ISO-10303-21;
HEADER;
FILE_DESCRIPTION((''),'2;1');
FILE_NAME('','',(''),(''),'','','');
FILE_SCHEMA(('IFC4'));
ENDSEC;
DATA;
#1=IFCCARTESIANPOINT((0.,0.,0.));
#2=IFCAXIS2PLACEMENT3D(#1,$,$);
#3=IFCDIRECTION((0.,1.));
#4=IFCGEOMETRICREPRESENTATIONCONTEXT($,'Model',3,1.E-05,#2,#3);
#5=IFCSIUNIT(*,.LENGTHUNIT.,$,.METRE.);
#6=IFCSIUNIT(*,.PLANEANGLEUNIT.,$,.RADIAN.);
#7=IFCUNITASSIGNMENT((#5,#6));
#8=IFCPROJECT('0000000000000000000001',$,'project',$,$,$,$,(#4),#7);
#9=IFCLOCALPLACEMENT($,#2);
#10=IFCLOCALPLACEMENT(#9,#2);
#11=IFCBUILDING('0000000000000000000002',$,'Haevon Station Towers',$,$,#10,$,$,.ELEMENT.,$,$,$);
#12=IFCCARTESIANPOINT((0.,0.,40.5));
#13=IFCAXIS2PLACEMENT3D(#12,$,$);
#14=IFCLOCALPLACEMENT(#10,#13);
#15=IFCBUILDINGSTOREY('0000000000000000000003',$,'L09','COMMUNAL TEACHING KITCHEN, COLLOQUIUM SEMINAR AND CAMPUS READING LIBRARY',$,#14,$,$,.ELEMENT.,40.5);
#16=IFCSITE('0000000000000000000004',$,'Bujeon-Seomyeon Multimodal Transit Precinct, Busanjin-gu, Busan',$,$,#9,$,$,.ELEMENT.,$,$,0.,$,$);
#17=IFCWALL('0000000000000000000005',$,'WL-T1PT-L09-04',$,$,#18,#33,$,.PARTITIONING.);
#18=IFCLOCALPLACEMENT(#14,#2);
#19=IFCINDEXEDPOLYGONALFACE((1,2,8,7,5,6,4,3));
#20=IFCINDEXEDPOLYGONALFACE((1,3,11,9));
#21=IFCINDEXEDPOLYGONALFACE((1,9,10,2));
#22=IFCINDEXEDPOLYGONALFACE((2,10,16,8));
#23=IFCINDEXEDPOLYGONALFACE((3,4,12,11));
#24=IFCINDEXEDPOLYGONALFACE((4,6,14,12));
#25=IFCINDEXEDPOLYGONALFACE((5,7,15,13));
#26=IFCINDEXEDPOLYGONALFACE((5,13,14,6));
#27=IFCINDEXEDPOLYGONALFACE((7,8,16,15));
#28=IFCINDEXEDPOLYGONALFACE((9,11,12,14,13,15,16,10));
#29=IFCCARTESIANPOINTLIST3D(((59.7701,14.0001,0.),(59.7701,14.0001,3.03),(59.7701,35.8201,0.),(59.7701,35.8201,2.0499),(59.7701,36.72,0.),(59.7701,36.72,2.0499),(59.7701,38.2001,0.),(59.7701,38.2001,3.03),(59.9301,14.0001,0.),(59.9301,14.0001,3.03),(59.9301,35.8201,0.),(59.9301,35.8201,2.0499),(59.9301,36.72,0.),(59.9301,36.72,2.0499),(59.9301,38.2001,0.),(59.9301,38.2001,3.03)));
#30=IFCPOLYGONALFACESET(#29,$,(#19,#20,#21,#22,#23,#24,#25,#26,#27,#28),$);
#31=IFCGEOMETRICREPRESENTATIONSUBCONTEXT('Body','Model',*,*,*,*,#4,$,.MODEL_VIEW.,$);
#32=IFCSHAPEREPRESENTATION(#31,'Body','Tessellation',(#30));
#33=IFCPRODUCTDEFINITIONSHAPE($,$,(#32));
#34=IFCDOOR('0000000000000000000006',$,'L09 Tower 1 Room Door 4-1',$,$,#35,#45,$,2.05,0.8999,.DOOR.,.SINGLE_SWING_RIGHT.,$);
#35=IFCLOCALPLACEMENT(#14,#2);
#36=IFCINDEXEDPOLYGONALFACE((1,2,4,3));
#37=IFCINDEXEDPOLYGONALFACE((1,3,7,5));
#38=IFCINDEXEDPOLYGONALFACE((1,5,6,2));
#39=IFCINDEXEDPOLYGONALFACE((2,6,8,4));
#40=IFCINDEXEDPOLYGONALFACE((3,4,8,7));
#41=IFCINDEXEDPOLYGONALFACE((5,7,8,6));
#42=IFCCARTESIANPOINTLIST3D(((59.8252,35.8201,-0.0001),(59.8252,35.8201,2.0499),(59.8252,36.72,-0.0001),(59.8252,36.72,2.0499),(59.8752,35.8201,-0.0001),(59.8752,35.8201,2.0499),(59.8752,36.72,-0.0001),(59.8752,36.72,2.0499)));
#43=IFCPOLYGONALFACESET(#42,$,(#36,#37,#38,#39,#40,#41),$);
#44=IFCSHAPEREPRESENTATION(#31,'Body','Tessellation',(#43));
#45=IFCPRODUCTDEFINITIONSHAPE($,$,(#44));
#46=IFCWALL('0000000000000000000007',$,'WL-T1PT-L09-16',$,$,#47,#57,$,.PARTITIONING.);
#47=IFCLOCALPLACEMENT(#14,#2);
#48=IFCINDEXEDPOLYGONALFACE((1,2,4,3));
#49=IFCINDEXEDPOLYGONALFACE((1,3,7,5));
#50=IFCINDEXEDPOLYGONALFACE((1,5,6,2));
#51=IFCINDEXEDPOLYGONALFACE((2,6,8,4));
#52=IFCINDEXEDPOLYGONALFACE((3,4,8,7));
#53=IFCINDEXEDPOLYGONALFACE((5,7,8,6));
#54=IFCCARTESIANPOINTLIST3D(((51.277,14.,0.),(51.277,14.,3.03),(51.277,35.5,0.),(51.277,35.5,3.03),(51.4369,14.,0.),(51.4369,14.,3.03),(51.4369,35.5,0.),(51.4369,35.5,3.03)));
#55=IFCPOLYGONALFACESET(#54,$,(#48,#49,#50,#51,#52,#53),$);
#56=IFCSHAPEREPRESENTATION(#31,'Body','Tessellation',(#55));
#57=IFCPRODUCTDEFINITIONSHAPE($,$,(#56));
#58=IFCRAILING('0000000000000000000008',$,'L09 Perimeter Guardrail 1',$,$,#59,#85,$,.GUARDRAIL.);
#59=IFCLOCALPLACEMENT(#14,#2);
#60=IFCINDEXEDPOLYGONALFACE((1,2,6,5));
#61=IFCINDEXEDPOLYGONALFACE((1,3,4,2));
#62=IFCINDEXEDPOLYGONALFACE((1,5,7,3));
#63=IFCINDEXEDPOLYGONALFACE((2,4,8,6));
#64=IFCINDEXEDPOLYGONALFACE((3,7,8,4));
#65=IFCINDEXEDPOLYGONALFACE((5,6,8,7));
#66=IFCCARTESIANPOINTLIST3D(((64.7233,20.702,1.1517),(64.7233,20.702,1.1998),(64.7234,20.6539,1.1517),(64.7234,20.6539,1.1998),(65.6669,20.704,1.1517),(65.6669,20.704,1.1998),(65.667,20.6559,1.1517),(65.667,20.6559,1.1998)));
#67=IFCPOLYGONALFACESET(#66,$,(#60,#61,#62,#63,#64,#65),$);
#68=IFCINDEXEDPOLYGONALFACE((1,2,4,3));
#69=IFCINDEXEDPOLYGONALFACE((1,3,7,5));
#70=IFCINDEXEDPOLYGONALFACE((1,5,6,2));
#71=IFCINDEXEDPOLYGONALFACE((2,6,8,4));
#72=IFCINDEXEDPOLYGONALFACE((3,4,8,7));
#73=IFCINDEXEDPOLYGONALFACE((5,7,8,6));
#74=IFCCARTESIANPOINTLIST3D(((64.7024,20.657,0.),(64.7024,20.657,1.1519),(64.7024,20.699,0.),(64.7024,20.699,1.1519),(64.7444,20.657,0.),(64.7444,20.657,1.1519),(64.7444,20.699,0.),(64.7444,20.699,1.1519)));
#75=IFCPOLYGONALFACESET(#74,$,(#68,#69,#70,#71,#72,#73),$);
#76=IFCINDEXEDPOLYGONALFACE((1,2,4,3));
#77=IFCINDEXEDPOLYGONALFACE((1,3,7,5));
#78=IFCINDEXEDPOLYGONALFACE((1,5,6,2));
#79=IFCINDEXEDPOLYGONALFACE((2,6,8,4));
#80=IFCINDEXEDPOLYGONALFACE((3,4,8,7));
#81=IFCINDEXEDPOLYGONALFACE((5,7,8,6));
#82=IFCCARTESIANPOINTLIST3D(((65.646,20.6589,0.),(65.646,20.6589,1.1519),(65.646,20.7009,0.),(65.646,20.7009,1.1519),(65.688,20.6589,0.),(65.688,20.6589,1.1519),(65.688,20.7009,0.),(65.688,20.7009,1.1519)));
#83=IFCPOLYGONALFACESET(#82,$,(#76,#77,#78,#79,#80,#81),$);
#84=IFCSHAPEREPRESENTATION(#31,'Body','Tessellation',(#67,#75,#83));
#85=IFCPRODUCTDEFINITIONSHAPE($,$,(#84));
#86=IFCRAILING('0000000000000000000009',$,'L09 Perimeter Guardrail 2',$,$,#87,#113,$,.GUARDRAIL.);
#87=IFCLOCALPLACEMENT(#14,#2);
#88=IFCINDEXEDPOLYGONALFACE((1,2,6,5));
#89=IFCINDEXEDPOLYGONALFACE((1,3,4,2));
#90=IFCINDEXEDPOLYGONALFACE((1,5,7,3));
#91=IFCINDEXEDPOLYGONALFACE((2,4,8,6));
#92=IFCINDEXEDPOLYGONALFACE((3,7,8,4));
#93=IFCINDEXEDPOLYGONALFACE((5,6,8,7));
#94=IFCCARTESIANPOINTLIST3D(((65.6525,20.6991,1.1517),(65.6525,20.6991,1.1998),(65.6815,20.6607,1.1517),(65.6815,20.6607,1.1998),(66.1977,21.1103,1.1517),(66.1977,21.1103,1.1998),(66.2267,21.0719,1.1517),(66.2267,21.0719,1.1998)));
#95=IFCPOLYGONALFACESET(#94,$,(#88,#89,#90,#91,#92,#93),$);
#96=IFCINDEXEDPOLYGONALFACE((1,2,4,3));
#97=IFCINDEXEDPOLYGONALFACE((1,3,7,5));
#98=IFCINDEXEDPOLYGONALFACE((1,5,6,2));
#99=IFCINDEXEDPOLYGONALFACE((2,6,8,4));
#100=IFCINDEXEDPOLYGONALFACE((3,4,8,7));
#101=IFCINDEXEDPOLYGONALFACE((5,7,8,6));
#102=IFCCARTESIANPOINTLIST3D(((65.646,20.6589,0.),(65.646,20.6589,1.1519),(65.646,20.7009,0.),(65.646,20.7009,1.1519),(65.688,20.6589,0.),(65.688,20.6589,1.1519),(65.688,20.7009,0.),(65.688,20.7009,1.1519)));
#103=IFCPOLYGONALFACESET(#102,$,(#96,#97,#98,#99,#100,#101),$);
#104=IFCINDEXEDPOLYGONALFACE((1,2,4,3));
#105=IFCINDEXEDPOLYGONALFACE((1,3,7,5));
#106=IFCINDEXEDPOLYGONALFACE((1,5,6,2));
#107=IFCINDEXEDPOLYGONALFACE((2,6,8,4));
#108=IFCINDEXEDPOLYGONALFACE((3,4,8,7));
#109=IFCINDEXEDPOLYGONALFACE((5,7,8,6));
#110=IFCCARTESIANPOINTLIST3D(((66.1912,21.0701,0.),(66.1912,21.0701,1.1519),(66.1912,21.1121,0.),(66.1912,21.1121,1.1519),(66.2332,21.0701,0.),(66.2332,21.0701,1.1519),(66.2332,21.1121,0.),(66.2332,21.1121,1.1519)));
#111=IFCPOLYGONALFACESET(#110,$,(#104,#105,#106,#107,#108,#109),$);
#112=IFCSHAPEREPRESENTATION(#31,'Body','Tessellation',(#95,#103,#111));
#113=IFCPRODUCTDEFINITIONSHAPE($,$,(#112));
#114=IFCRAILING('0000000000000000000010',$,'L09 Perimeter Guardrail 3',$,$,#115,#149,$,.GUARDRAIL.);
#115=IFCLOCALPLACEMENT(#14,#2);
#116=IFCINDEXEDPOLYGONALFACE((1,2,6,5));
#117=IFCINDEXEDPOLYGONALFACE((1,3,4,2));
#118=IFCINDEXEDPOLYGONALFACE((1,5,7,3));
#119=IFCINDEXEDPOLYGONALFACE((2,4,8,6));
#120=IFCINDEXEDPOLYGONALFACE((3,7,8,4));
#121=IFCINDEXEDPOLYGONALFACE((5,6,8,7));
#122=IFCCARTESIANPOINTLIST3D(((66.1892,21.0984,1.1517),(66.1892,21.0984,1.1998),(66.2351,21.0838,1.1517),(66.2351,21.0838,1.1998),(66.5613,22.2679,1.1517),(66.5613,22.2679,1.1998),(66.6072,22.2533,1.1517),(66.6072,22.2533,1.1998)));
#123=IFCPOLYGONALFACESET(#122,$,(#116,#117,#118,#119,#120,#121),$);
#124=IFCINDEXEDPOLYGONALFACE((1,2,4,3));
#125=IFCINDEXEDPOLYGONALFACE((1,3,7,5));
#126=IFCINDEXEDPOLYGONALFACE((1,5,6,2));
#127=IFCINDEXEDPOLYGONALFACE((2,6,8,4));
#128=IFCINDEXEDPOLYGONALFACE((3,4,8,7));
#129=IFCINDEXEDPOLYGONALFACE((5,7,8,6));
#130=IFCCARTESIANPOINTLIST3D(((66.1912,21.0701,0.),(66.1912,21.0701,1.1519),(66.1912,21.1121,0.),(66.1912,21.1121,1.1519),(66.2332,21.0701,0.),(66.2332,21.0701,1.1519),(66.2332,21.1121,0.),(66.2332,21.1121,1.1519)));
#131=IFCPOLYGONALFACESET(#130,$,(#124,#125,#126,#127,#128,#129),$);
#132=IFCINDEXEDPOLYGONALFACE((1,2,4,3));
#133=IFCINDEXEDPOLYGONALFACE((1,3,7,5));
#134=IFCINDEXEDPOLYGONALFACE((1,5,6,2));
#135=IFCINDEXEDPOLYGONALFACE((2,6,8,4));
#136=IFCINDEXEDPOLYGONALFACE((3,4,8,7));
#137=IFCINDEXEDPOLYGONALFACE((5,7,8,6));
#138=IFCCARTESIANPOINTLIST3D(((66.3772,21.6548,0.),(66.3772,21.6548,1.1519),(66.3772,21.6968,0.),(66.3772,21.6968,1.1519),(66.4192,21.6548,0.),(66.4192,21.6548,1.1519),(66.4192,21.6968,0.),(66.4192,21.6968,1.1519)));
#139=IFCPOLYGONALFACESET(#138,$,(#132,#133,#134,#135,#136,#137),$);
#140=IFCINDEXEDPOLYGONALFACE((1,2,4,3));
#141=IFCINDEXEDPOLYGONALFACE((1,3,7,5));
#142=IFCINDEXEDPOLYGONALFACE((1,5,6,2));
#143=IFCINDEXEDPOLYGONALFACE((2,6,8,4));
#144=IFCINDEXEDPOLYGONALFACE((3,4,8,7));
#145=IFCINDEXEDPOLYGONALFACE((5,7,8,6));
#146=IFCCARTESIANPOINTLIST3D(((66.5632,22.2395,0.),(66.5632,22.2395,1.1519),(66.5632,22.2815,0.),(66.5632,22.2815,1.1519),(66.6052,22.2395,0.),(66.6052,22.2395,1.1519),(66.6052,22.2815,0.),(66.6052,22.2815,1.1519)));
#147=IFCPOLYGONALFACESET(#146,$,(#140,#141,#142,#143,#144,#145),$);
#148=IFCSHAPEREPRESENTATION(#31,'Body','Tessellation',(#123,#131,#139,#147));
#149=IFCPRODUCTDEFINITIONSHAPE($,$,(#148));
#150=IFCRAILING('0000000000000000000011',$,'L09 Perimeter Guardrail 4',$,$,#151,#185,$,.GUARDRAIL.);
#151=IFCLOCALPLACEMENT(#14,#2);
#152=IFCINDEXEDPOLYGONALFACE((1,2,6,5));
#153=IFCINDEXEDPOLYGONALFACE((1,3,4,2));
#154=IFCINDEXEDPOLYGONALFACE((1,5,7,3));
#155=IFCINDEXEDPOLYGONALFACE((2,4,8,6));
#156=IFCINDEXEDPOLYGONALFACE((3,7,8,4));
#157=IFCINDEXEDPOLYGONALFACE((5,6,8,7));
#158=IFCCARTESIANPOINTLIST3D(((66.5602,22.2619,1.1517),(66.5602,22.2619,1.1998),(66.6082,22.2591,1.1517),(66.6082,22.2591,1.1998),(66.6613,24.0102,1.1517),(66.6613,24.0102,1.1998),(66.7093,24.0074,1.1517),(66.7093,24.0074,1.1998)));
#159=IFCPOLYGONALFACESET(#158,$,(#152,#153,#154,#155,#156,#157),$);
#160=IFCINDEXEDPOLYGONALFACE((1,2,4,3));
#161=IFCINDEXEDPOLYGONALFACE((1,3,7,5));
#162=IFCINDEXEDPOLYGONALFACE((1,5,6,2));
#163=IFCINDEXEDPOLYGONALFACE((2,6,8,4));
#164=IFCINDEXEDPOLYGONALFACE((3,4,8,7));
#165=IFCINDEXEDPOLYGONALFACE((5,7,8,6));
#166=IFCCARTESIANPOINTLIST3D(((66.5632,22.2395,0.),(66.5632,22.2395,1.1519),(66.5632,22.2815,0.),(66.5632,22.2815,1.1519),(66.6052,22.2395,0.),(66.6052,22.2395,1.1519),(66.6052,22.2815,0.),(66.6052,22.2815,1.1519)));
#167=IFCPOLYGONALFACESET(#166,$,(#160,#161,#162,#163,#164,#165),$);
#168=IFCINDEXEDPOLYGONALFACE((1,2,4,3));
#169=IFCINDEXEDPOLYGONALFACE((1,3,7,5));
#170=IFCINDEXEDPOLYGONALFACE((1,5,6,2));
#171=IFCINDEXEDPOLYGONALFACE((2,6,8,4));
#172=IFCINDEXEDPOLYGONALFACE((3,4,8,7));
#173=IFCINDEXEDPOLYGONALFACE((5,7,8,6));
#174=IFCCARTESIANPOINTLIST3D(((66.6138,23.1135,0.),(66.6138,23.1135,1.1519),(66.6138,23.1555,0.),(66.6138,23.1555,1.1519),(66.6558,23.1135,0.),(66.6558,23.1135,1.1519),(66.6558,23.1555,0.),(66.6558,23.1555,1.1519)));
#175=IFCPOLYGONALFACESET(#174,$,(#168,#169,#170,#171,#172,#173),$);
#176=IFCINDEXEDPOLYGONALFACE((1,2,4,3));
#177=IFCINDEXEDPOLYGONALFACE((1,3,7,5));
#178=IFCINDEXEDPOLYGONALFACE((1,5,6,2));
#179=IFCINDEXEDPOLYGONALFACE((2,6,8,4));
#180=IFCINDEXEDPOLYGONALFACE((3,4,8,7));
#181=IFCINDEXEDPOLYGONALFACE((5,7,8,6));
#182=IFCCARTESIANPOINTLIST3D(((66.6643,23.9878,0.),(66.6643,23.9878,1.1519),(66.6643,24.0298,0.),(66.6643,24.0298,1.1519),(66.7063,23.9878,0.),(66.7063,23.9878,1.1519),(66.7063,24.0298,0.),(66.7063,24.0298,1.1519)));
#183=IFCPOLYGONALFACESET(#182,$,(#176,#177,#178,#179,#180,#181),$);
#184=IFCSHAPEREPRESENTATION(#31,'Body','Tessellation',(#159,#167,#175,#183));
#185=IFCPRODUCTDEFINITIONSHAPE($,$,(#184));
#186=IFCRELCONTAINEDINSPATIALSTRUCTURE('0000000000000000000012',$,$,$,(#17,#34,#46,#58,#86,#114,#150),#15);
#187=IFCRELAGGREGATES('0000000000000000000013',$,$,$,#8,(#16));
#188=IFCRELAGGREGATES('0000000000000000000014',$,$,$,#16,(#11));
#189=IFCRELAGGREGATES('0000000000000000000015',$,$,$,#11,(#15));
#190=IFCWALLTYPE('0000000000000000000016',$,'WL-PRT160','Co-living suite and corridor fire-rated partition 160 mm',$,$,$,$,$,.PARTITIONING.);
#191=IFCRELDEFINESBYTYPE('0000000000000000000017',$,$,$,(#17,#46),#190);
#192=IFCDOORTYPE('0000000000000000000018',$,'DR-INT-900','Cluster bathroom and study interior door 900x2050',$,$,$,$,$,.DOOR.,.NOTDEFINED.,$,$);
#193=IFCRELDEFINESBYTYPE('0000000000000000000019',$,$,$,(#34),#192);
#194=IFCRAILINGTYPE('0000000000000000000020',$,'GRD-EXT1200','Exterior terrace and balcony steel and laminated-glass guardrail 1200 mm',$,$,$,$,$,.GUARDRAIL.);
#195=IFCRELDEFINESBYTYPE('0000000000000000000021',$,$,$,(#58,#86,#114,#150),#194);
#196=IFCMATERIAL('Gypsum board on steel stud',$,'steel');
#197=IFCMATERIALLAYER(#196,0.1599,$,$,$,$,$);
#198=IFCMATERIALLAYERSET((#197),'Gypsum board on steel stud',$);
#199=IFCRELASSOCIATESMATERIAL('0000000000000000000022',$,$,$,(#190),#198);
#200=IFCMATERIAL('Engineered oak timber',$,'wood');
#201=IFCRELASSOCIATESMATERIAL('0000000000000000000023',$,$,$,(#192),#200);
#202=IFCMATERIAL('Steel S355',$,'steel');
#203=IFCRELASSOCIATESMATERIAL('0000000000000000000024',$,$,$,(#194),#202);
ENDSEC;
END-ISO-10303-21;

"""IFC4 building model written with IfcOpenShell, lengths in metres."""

from ifc_helpers import new_model, si_unit, direction, frame, frame_2d, origin, origin_2d, place, context, subcontext, project, spatial, rectangle, extrude, material, layer, layer_set, type_object, element, fill, save


model = new_model("IFC4")

# Units and contexts
model_context = context("Model", 3, precision=1e-05, world=origin(), true_north=direction((0.0, 1.0)))
body_context = subcontext(model_context, "Body", "Model", "MODEL_VIEW")
ifc_project = project(units=[si_unit("LENGTHUNIT", "METRE"), si_unit("PLANEANGLEUNIT", "RADIAN")], contexts=[model_context])

# Site, building, storey
site_placement = place(None, origin())
site = spatial("IfcSite", under=ifc_project, at=site_placement, Name="Bujeon-Seomyeon Multimodal Transit Precinct, Busanjin-gu, Busan", CompositionType="ELEMENT", RefElevation=0.0)
building_placement = place(site_placement, origin())
building = spatial("IfcBuilding", under=site, at=building_placement, Name="Haevon Station Towers", CompositionType="ELEMENT")
storey_placement = place(building_placement, frame((0.0, 0.0, 40.5)))
storey = spatial("IfcBuildingStorey", under=building, at=storey_placement, Name="L09", Description="COMMUNAL TEACHING KITCHEN, COLLOQUIUM SEMINAR AND CAMPUS READING LIBRARY", CompositionType="ELEMENT", Elevation=40.5)

# Shared definitions
ifc_material_1 = material(Name="Steel S355", Category="steel")

# Wall, opening, door
ifc_material_2 = material(Name="Gypsum board on steel stud", Category="steel")
ifc_layer_1 = layer(ifc_material_2, 0.1599)
ifc_layer_set_1 = layer_set([ifc_layer_1], Name="Gypsum board on steel stud")
wall_type_1 = type_object("IfcWallType", Name="WL-PRT160", Description="Co-living suite and corridor fire-rated partition 160 mm", PredefinedType="PARTITIONING", material=ifc_layer_set_1)
wall_1_placement = place(storey_placement, frame((59.8501, 14.0, 0.0), z_axis=(0.0, 0.0, 1.0), x_axis=(0.0, 1.0, 0.0)))
wall_1 = element("IfcWall", 1, at=wall_1_placement, inside=storey, type_object=wall_type_1, Name="WL-T1PT-L09-04", PredefinedType="PARTITIONING", context=body_context, shape_type="SweptSolid", body=[
    extrude(rectangle(XDim=24.2, YDim=0.1599, at=frame_2d((12.1001, 0.0))), origin(), (0.0, 0.0, 1.0), 3.03),
])
opening_1_placement = place(wall_1_placement, frame((21.8201, 0.0, 0.0)))
opening_1 = element("IfcOpeningElement", 2, at=opening_1_placement, cuts=wall_1, PredefinedType="OPENING", context=body_context, shape_type="SweptSolid", body=[
    extrude(rectangle(XDim=0.8999, YDim=2.05, at=frame_2d((0.45, 1.0249))), frame((0.0, 0.0898, 0.0), z_axis=(0.0, -1.0, 0.0), x_axis=(1.0, 0.0, 0.0)), (0.0, 0.0, 1.0), 0.1799),
])
ifc_material_3 = material(Name="Engineered oak timber", Category="wood")
door_type_1 = type_object("IfcDoorType", Name="DR-INT-900", Description="Cluster bathroom and study interior door 900x2050", OperationType="NOTDEFINED", PredefinedType="DOOR", material=ifc_material_3)
door_1_placement = place(opening_1_placement, origin())
door_1 = element("IfcDoor", 3, at=door_1_placement, inside=storey, type_object=door_type_1, Name="L09 Tower 1 Room Door 4-1", OperationType="SINGLE_SWING_RIGHT", OverallHeight=2.05, OverallWidth=0.8999, PredefinedType="DOOR", context=body_context, shape_type="SweptSolid", body=[
    extrude(rectangle(XDim=0.8999, YDim=2.05, at=frame_2d((0.45, 1.0249))), frame((0.0, 0.0249, 0.0), z_axis=(0.0, -1.0, 0.0), x_axis=(1.0, 0.0, 0.0)), (0.0, 0.0, 1.0), 0.05),
])
fill(opening_1, door_1)

# Wall
wall_2_placement = place(storey_placement, frame((51.3569, 14.0, 0.0), z_axis=(0.0, 0.0, 1.0), x_axis=(0.0, 1.0, 0.0)))
element("IfcWall", 4, at=wall_2_placement, inside=storey, type_object=wall_type_1, Name="WL-T1PT-L09-16", PredefinedType="PARTITIONING", context=body_context, shape_type="SweptSolid", body=[
    extrude(rectangle(XDim=21.5, YDim=0.1599, at=frame_2d((10.75, 0.0))), origin(), (0.0, 0.0, 1.0), 3.03),
])

# Railings
railing_type = type_object("IfcRailingType", Name="GRD-EXT1200", Description="Exterior terrace and balcony steel and laminated-glass guardrail 1200 mm", PredefinedType="GUARDRAIL", material=ifc_material_1)
railing_1_placement = place(storey_placement, frame((64.7234, 20.678, 0.0)))
element("IfcRailing", 5, at=railing_1_placement, inside=storey, type_object=railing_type, Name="L09 Perimeter Guardrail 1", PredefinedType="GUARDRAIL", context=body_context, shape_type="SweptSolid", body=[
    extrude(rectangle(XDim=0.0481, YDim=0.0481, at=origin_2d()), frame((0.0, 0.0, 1.1758), z_axis=(0.999998, 0.00207, 0.0), x_axis=(-0.00207, 0.999998, 0.0)), (0.0, 0.0, 1.0), 0.9436),
    extrude(rectangle(XDim=0.042, YDim=0.042, at=origin_2d()), origin(), (0.0, 0.0, 1.0), 1.1519),
    extrude(rectangle(XDim=0.042, YDim=0.042, at=origin_2d()), frame((0.9436, 0.002, 0.0)), (0.0, 0.0, 1.0), 1.1519),
])
railing_2_placement = place(storey_placement, frame((65.667, 20.6799, 0.0)))
element("IfcRailing", 6, at=railing_2_placement, inside=storey, type_object=railing_type, Name="L09 Perimeter Guardrail 2", PredefinedType="GUARDRAIL", context=body_context, shape_type="SweptSolid", body=[
    extrude(rectangle(XDim=0.0481, YDim=0.0481, at=origin_2d()), frame((0.0, 0.0, 1.1758), z_axis=(0.79841, 0.602115, 0.0), x_axis=(-0.602115, 0.79841, 0.0)), (0.0, 0.0, 1.0), 0.6829),
    extrude(rectangle(XDim=0.042, YDim=0.042, at=origin_2d()), origin(), (0.0, 0.0, 1.0), 1.1519),
    extrude(rectangle(XDim=0.042, YDim=0.042, at=origin_2d()), frame((0.5452, 0.4111, 0.0)), (0.0, 0.0, 1.0), 1.1519),
])
railing_3_placement = place(storey_placement, frame((66.2122, 21.0911, 0.0)))
element("IfcRailing", 7, at=railing_3_placement, inside=storey, type_object=railing_type, Name="L09 Perimeter Guardrail 3", PredefinedType="GUARDRAIL", context=body_context, shape_type="SweptSolid", body=[
    extrude(rectangle(XDim=0.0481, YDim=0.0481, at=origin_2d()), frame((0.0, 0.0, 1.1758), z_axis=(0.303187, 0.952931, 0.0), x_axis=(-0.952931, 0.303187, 0.0)), (0.0, 0.0, 1.0), 1.2273),
    extrude(rectangle(XDim=0.042, YDim=0.042, at=origin_2d()), origin(), (0.0, 0.0, 1.0), 1.1519),
    extrude(rectangle(XDim=0.042, YDim=0.042, at=origin_2d()), frame((0.186, 0.5847, 0.0)), (0.0, 0.0, 1.0), 1.1519),
    extrude(rectangle(XDim=0.042, YDim=0.042, at=origin_2d()), frame((0.3721, 1.1694, 0.0)), (0.0, 0.0, 1.0), 1.1519),
])
railing_4_placement = place(storey_placement, frame((66.5842, 22.2605, 0.0)))
element("IfcRailing", 8, at=railing_4_placement, inside=storey, type_object=railing_type, Name="L09 Perimeter Guardrail 4", PredefinedType="GUARDRAIL", context=body_context, shape_type="SweptSolid", body=[
    extrude(rectangle(XDim=0.0481, YDim=0.0481, at=origin_2d()), frame((0.0, 0.0, 1.1758), z_axis=(0.057717, 0.998333, 0.0), x_axis=(-0.998333, 0.057717, 0.0)), (0.0, 0.0, 1.0), 1.7512),
    extrude(rectangle(XDim=0.042, YDim=0.042, at=origin_2d()), origin(), (0.0, 0.0, 1.0), 1.1519),
    extrude(rectangle(XDim=0.042, YDim=0.042, at=origin_2d()), frame((0.0505, 0.874, 0.0)), (0.0, 0.0, 1.0), 1.1519),
    extrude(rectangle(XDim=0.042, YDim=0.042, at=origin_2d()), frame((0.1011, 1.7483, 0.0)), (0.0, 0.0, 1.0), 1.1519),
])

save(model, "model.ifc")
